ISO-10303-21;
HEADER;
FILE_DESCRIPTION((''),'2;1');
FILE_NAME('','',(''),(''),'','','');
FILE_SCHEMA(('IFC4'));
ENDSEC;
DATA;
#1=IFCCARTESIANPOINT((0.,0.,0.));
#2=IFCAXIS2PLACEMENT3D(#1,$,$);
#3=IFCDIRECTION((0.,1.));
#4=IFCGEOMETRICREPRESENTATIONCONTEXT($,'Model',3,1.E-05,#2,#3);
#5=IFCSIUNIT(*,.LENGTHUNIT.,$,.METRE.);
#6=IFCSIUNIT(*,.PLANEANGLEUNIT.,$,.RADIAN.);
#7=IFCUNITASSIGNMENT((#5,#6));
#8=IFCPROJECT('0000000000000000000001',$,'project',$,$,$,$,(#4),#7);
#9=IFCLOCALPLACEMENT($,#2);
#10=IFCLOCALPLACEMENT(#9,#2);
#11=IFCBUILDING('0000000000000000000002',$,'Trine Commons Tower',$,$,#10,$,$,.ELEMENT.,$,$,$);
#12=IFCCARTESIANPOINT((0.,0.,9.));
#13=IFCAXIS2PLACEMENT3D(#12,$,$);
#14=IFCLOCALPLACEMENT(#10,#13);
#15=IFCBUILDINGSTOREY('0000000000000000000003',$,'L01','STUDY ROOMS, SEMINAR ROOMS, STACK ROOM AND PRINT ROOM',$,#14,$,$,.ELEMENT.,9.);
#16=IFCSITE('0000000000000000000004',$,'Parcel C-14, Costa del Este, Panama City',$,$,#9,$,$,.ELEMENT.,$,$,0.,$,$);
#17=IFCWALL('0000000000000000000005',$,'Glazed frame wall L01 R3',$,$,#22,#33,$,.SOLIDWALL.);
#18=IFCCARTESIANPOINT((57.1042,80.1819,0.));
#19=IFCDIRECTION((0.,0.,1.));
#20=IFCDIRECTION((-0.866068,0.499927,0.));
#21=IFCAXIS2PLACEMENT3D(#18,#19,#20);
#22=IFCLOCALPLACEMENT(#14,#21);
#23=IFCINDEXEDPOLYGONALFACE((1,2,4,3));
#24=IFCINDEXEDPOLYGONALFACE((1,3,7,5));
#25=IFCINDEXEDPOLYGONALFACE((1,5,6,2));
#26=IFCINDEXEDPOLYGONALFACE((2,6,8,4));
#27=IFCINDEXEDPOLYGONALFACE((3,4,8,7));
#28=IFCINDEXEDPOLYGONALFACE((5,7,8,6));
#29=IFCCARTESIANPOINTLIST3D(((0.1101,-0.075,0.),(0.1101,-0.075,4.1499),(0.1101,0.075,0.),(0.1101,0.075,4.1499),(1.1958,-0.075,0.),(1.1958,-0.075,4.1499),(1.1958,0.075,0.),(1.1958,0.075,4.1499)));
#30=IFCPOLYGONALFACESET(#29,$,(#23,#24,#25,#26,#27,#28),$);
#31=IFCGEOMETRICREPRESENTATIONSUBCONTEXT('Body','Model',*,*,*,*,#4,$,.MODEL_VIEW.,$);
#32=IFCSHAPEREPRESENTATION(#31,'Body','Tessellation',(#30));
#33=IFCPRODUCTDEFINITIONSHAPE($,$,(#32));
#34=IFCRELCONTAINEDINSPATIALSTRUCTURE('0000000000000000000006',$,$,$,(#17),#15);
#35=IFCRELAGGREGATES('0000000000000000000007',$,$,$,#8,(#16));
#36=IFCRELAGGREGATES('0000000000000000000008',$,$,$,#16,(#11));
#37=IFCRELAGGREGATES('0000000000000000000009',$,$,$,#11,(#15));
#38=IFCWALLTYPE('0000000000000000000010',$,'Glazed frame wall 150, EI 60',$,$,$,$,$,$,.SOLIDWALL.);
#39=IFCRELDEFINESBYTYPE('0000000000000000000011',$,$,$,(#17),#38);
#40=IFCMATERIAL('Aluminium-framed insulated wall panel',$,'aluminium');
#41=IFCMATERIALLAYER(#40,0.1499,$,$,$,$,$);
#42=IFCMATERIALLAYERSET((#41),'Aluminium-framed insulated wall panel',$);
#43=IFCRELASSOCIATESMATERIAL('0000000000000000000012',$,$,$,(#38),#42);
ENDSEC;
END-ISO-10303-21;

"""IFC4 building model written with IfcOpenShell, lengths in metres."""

from ifc_helpers import new_model, si_unit, direction, frame, origin, place, context, subcontext, project, spatial, polyline, outline, extrude, material, layer, layer_set, type_object, element, save


model = new_model("IFC4")

# Units and contexts
model_context = context("Model", 3, precision=1e-05, world=origin(), true_north=direction((0.0, 1.0)))
body_context = subcontext(model_context, "Body", "Model", "MODEL_VIEW")
ifc_project = project(units=[si_unit("LENGTHUNIT", "METRE"), si_unit("PLANEANGLEUNIT", "RADIAN")], contexts=[model_context])

# Site, building, storey
site_placement = place(None, origin())
site = spatial("IfcSite", under=ifc_project, at=site_placement, Name="Parcel C-14, Costa del Este, Panama City", CompositionType="ELEMENT", RefElevation=0.0)
building_placement = place(site_placement, origin())
building = spatial("IfcBuilding", under=site, at=building_placement, Name="Trine Commons Tower", CompositionType="ELEMENT")
storey_placement = place(building_placement, frame((0.0, 0.0, 9.0)))
storey = spatial("IfcBuildingStorey", under=building, at=storey_placement, Name="L01", Description="STUDY ROOMS, SEMINAR ROOMS, STACK ROOM AND PRINT ROOM", CompositionType="ELEMENT", Elevation=9.0)

# Wall
ifc_material_1 = material(Name="Aluminium-framed insulated wall panel", Category="aluminium")
ifc_layer_1 = layer(ifc_material_1, 0.1499)
ifc_layer_set_1 = layer_set([ifc_layer_1], Name="Aluminium-framed insulated wall panel")
wall_type_1 = type_object("IfcWallType", Name="Glazed frame wall 150, EI 60", PredefinedType="SOLIDWALL", material=ifc_layer_set_1)
wall_1_placement = place(storey_placement, frame((57.1042, 80.1819, 0.0), z_axis=(0.0, 0.0, 1.0), x_axis=(-0.866068, 0.499927, 0.0)))
element("IfcWall", 1, at=wall_1_placement, inside=storey, type_object=wall_type_1, Name="Glazed frame wall L01 R3", PredefinedType="SOLIDWALL", context=body_context, shape_type="SweptSolid", body=[
    extrude(outline(polyline([(0.1101, 0.075), (0.1101, -0.075), (1.1958, -0.075), (1.1958, 0.075), (0.1101, 0.075)])), origin(), (0.0, 0.0, 1.0), 4.1499),
])

save(model, "model.ifc")
